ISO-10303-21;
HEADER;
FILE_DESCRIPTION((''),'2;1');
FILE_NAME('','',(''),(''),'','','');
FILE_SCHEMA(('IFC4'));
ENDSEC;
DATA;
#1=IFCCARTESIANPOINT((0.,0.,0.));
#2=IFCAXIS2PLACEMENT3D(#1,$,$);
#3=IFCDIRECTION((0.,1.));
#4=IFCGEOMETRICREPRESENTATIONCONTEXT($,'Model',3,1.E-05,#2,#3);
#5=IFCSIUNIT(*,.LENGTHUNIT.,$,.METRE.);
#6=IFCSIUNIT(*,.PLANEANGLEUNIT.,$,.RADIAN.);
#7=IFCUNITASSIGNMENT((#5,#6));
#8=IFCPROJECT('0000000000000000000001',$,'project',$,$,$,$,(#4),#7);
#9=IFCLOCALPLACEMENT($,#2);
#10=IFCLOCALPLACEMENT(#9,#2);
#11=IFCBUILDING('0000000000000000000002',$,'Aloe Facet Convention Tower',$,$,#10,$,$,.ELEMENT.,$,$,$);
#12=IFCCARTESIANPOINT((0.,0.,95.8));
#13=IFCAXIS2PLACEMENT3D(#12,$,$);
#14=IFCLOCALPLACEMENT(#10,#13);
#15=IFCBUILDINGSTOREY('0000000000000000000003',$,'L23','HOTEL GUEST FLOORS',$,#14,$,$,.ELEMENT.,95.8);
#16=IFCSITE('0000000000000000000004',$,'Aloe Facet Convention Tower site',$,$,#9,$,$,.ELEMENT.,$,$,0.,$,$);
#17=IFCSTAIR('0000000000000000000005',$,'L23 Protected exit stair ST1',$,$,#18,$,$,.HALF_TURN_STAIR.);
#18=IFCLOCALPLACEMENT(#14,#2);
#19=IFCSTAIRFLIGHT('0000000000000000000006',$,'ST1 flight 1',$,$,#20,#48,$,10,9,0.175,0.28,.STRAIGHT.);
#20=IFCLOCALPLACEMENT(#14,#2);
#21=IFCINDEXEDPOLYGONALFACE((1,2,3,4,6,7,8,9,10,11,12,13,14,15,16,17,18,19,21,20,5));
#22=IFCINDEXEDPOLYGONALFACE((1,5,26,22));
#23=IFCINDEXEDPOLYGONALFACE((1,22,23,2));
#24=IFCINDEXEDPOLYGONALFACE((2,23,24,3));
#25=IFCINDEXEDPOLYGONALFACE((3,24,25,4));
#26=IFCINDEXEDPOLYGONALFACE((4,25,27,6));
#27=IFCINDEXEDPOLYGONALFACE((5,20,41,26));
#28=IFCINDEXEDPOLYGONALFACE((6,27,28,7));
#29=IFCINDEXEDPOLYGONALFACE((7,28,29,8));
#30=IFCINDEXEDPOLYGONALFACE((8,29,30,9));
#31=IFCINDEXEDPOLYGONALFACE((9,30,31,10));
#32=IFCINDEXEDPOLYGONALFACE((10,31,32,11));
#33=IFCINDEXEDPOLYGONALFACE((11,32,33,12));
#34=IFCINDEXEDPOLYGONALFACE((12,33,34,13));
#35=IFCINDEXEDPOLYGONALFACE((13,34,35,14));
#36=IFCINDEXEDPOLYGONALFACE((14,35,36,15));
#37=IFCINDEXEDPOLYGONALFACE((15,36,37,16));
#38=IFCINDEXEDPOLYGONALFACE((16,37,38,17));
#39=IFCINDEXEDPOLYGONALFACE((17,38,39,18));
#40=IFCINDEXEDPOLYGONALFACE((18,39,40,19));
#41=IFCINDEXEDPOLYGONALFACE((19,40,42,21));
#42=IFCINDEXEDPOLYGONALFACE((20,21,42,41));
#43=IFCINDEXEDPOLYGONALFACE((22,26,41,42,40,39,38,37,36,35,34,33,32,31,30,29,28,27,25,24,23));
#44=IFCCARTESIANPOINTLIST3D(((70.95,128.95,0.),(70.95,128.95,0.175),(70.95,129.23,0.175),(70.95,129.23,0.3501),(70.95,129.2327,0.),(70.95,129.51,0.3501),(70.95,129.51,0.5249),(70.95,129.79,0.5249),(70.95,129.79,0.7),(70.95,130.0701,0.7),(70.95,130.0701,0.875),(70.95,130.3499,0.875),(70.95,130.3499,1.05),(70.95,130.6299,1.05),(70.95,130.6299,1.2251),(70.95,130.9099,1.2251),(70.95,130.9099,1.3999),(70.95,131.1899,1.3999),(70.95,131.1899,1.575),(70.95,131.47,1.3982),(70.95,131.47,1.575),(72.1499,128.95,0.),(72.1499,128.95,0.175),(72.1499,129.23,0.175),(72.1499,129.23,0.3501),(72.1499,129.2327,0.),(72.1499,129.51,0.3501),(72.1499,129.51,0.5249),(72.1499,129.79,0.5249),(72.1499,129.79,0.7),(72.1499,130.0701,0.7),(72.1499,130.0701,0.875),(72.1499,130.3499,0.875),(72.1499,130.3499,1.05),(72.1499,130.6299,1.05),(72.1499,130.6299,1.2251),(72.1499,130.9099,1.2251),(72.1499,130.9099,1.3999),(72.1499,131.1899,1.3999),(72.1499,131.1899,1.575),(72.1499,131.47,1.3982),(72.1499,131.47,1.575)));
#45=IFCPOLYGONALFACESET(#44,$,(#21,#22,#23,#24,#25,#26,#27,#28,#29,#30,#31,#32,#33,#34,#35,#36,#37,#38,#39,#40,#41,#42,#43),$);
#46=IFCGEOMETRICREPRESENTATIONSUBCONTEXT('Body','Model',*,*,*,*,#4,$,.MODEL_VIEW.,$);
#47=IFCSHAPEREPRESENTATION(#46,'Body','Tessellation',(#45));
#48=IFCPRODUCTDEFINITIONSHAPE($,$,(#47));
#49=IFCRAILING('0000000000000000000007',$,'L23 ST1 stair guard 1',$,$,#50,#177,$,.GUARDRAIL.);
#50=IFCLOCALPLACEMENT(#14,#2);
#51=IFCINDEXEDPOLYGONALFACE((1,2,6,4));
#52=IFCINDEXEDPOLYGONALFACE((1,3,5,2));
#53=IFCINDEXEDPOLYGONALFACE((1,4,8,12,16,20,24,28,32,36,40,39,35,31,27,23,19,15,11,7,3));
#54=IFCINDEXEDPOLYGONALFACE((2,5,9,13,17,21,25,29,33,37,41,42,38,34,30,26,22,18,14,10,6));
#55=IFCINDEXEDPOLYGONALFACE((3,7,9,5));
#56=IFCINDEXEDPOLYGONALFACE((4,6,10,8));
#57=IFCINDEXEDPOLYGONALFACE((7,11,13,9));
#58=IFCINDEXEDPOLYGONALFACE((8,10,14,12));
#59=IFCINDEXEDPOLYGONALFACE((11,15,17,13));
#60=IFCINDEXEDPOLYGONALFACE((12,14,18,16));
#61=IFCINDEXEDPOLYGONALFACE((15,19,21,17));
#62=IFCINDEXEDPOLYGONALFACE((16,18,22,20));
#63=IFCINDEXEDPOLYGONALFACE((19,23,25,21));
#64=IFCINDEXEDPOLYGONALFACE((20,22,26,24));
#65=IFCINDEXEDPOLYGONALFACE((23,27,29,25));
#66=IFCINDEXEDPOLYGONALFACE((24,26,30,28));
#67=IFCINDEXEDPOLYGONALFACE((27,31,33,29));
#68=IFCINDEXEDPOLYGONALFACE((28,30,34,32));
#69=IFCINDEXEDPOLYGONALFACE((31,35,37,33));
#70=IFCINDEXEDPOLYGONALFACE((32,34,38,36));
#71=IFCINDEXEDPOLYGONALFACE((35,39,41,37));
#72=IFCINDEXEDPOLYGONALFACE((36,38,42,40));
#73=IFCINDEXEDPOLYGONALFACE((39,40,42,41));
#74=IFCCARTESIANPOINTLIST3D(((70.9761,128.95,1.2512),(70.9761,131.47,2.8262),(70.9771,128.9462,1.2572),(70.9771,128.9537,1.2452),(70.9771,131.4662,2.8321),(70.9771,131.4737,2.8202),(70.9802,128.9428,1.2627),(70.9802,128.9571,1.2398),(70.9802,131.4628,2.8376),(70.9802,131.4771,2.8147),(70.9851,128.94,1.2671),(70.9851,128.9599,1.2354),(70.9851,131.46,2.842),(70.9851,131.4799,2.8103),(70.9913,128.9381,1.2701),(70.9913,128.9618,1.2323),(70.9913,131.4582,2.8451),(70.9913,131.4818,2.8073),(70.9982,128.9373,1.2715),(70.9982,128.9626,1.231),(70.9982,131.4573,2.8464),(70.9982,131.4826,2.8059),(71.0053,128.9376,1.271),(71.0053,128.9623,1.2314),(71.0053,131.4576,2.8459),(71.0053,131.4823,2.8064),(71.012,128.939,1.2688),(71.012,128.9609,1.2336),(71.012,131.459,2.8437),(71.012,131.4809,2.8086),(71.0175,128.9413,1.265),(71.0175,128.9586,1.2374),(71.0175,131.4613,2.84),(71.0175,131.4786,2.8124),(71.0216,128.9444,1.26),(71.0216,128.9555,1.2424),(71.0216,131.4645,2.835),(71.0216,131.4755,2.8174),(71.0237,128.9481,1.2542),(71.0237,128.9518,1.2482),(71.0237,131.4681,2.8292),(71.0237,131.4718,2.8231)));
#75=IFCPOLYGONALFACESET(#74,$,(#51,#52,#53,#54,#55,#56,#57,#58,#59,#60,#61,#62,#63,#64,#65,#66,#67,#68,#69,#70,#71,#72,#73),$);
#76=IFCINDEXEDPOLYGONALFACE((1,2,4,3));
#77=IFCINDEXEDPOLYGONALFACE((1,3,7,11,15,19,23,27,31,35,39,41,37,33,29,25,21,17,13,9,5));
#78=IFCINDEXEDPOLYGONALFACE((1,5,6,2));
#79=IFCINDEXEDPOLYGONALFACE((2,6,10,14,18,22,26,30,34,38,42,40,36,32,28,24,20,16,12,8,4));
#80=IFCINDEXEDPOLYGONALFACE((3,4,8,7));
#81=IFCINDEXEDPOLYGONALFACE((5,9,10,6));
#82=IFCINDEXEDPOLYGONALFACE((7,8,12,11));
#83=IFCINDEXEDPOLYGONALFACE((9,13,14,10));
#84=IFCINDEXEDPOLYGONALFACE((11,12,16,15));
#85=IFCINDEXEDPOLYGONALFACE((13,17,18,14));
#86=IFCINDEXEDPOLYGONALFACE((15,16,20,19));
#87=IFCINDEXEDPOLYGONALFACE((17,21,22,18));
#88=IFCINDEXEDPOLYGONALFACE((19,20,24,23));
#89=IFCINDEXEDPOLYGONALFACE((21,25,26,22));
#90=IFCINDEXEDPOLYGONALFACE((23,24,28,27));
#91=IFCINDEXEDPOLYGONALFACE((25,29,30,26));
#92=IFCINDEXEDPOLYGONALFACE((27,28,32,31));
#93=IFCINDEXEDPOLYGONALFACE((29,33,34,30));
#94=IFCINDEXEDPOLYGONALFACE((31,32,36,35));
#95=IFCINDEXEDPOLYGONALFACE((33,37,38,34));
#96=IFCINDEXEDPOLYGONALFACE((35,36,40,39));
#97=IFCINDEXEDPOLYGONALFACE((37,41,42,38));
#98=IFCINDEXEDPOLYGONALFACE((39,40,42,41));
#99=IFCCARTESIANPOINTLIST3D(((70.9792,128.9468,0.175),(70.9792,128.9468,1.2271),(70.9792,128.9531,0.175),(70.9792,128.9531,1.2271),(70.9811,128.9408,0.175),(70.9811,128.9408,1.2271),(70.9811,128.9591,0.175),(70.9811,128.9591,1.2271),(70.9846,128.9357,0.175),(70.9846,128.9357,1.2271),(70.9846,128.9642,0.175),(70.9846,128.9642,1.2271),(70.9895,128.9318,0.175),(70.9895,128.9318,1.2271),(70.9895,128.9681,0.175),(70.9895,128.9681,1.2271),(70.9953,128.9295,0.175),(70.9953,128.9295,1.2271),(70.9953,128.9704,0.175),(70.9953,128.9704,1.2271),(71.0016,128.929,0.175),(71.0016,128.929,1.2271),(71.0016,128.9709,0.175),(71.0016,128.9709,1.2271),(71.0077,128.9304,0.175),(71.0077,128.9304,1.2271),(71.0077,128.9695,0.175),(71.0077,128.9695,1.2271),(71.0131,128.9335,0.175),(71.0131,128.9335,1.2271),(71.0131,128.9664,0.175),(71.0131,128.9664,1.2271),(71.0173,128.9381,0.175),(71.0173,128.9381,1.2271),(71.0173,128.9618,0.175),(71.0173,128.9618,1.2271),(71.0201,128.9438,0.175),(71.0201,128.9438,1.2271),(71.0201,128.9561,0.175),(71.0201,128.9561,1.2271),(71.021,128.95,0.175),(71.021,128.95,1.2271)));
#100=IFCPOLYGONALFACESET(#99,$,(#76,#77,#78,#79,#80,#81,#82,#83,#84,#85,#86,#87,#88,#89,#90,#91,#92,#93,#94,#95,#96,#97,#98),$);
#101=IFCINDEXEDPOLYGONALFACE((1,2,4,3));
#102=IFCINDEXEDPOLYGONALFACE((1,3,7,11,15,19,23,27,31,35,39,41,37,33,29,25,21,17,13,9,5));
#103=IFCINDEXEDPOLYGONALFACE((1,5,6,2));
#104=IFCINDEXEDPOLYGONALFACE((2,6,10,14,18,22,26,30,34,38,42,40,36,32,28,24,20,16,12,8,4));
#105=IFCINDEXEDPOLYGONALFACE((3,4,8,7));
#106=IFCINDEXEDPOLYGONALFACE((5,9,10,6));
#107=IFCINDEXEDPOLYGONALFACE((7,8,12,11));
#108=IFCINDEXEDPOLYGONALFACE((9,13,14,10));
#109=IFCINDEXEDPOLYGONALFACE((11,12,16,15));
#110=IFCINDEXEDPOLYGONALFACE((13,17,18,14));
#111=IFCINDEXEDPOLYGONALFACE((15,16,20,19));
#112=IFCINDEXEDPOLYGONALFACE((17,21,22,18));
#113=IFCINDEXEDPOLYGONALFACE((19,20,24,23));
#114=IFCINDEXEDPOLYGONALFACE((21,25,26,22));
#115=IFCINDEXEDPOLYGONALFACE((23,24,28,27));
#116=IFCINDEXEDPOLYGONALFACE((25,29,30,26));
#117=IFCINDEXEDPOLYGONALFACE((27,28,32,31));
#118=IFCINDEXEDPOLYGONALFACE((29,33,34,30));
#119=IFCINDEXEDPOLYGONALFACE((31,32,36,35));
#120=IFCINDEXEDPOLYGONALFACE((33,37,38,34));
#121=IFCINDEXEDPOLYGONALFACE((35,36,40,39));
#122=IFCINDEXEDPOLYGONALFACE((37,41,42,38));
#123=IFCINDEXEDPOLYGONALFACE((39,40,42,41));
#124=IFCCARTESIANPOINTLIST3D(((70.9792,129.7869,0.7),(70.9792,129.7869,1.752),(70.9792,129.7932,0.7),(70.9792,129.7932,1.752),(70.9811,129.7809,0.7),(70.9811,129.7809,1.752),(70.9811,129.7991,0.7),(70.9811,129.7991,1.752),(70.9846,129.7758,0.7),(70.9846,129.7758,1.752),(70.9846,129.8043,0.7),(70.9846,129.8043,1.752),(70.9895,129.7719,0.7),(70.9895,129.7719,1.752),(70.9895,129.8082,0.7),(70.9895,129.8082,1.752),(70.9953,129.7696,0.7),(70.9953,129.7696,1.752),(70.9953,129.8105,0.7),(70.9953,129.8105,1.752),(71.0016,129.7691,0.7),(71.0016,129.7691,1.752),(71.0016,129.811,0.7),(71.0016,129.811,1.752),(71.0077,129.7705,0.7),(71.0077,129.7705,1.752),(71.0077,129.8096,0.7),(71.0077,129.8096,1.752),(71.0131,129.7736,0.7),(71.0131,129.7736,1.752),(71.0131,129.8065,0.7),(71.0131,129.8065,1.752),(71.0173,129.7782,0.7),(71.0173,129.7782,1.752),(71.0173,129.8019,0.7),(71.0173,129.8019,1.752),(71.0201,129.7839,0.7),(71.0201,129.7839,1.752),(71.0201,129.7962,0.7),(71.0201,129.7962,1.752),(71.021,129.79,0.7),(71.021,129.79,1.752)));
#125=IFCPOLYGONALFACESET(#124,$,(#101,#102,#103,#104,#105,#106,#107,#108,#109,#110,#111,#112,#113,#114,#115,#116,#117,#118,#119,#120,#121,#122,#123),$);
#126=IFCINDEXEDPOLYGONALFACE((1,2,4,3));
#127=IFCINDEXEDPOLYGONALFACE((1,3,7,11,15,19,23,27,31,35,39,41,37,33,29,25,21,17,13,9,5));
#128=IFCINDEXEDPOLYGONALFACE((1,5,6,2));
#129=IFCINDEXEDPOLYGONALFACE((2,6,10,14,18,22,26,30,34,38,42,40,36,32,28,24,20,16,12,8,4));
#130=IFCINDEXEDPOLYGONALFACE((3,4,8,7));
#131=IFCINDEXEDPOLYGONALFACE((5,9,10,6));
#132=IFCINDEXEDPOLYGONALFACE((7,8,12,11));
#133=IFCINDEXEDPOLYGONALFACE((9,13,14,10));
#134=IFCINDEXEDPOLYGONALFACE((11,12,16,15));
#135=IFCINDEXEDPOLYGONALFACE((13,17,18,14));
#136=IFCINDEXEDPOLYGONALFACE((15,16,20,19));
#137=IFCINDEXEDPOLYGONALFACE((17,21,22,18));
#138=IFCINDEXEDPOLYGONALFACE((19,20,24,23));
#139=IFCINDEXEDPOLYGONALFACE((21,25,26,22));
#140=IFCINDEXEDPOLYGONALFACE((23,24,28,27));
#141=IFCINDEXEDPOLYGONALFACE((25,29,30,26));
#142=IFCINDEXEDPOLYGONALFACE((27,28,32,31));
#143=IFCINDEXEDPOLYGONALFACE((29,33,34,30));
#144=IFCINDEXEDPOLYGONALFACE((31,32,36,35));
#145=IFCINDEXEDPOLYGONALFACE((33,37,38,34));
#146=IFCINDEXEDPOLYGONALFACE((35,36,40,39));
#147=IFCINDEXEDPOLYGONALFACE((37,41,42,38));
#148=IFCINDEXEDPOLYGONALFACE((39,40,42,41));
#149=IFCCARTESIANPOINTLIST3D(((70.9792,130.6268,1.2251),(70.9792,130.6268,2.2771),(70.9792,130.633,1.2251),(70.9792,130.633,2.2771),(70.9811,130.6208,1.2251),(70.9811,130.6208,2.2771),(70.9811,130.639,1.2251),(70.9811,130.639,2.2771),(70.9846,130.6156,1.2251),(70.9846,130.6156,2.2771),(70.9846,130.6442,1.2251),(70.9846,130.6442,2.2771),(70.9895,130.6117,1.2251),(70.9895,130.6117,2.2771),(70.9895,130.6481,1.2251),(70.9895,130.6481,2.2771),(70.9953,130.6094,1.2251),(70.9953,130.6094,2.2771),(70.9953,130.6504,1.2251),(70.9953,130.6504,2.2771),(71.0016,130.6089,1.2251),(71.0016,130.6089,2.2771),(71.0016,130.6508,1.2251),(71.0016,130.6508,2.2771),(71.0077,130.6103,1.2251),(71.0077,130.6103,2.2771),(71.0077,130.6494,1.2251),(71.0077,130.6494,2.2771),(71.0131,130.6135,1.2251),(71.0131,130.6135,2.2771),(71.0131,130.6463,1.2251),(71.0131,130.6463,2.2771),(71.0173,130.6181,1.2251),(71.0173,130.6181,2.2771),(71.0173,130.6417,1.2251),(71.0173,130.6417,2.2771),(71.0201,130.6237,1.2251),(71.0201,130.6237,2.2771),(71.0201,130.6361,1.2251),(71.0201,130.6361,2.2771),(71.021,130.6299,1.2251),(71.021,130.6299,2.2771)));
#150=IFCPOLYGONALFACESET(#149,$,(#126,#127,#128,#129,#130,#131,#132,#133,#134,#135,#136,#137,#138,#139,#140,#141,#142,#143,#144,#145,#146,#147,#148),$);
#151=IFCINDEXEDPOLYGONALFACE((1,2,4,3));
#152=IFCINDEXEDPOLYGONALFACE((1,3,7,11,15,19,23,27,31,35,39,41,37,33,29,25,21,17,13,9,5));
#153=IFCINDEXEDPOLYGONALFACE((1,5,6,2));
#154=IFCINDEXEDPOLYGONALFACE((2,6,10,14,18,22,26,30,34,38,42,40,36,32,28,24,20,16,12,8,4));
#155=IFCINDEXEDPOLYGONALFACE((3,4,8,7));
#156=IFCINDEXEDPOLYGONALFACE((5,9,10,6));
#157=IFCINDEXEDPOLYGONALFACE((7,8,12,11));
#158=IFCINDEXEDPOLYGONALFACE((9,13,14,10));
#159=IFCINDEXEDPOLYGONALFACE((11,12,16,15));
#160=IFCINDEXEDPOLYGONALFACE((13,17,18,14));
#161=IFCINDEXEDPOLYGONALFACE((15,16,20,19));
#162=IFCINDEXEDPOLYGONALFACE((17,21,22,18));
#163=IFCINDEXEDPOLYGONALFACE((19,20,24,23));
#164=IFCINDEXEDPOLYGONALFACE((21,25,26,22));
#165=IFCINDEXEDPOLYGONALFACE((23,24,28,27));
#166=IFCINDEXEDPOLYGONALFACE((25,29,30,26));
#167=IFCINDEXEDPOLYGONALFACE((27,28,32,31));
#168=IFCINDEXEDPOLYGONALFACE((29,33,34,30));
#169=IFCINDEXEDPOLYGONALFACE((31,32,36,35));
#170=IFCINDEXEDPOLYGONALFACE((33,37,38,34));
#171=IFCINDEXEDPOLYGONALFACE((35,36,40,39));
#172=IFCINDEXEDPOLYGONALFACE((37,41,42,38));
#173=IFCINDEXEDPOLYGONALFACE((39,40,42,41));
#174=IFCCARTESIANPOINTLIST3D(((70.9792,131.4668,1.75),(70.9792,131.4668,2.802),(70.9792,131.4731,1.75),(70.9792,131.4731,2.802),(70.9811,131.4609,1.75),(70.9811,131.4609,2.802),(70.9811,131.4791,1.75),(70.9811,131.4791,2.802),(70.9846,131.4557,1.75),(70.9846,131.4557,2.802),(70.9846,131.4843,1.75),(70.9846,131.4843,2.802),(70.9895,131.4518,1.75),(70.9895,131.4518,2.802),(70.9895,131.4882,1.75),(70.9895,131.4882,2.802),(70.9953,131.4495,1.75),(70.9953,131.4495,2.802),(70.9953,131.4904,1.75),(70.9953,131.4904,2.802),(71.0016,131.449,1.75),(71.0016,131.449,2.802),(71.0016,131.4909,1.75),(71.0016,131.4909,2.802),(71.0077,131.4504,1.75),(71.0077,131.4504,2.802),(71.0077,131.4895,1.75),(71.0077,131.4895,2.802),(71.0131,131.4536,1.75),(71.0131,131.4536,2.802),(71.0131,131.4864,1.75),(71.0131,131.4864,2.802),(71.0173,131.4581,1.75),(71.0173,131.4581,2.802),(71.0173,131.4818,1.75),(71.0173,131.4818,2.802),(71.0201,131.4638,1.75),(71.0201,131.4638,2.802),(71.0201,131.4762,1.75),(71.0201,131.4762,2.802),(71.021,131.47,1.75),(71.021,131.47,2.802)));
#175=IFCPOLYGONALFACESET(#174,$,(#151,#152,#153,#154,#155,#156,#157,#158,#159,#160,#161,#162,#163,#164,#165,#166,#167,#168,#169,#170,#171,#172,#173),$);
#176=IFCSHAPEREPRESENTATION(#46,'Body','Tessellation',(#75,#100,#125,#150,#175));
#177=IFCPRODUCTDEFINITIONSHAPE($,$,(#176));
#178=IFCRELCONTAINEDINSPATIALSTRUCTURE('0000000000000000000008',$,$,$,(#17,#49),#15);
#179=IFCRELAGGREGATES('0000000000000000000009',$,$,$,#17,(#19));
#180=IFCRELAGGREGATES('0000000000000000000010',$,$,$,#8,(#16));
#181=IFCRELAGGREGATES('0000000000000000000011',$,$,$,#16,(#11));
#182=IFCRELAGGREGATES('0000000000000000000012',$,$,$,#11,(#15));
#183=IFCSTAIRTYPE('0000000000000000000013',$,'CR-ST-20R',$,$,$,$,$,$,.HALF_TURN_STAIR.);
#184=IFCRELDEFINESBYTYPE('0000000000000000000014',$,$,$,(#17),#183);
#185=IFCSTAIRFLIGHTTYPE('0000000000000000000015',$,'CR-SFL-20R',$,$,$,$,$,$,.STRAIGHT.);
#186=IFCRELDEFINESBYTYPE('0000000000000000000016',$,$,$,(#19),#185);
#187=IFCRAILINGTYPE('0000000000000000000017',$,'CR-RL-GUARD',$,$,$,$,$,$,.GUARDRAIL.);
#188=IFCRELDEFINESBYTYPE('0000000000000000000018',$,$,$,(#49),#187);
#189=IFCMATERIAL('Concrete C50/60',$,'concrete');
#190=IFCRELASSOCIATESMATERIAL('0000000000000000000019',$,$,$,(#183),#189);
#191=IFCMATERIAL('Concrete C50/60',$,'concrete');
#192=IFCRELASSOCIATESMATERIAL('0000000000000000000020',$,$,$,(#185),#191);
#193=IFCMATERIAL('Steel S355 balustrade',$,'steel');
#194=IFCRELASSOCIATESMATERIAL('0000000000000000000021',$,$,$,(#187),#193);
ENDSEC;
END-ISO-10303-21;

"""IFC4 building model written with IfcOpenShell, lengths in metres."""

from ifc_helpers import new_model, si_unit, direction, frame, origin, origin_2d, place, context, subcontext, project, spatial, polyline, circle, outline, extrude, material, type_object, element, aggregate, save


model = new_model("IFC4")

# Units and contexts
model_context = context("Model", 3, precision=1e-05, world=origin(), true_north=direction((0.0, 1.0)))
body_context = subcontext(model_context, "Body", "Model", "MODEL_VIEW")
ifc_project = project(units=[si_unit("LENGTHUNIT", "METRE"), si_unit("PLANEANGLEUNIT", "RADIAN")], contexts=[model_context])

# Site, building, storey
site_placement = place(None, origin())
site = spatial("IfcSite", under=ifc_project, at=site_placement, Name="Aloe Facet Convention Tower site", CompositionType="ELEMENT", RefElevation=0.0)
building_placement = place(site_placement, origin())
building = spatial("IfcBuilding", under=site, at=building_placement, Name="Aloe Facet Convention Tower", CompositionType="ELEMENT")
storey_placement = place(building_placement, frame((0.0, 0.0, 95.8)))
storey = spatial("IfcBuildingStorey", under=building, at=storey_placement, Name="L23", Description="HOTEL GUEST FLOORS", CompositionType="ELEMENT", Elevation=95.8)

# Stair, stair flight
ifc_material_1 = material(Name="Concrete C50/60", Category="concrete")
stair_type = type_object("IfcStairType", Name="CR-ST-20R", PredefinedType="HALF_TURN_STAIR", material=ifc_material_1)
stair_placement = place(storey_placement, origin())
stair = element("IfcStair", 1, at=stair_placement, inside=storey, type_object=stair_type, Name="L23 Protected exit stair ST1", PredefinedType="HALF_TURN_STAIR")
ifc_material_2 = material(Name="Concrete C50/60", Category="concrete")
stair_flight_type = type_object("IfcStairFlightType", Name="CR-SFL-20R", PredefinedType="STRAIGHT", material=ifc_material_2)
stair_flight_placement = place(storey_placement, frame((71.55, 128.95, 0.0), z_axis=(0.0, 0.0, 1.0), x_axis=(0.0, 1.0, 0.0)))
stair_flight = element("IfcStairFlight", 2, at=stair_flight_placement, type_object=stair_flight_type, Name="ST1 flight 1", NumberOfRisers=10, NumberOfTreads=9, PredefinedType="STRAIGHT", RiserHeight=0.175, TreadLength=0.28, context=body_context, shape_type="SweptSolid", body=[
    extrude(outline(polyline([(0.0, 0.0), (0.0, 0.175), (0.28, 0.175), (0.28, 0.3501), (0.5601, 0.3501), (0.5601, 0.5249), (0.8401, 0.5249), (0.8401, 0.7), (1.1201, 0.7), (1.1201, 0.875), (1.3999, 0.875), (1.3999, 1.05), (1.6799, 1.05), (1.6799, 1.2251), (1.96, 1.2251), (1.96, 1.3999), (2.24, 1.3999), (2.24, 1.575), (2.52, 1.575), (2.52, 1.75), (2.52, 1.3982), (0.2827, 0.0), (0.0, 0.0)])), frame((0.0, 0.6001, 0.0), z_axis=(0.0, -1.0, 0.0), x_axis=(1.0, 0.0, 0.0)), (0.0, 0.0, 1.0), 1.2),
])
aggregate(stair, [stair_flight])

# Railing
ifc_material_3 = material(Name="Steel S355 balustrade", Category="steel")
railing_type_1 = type_object("IfcRailingType", Name="CR-RL-GUARD", PredefinedType="GUARDRAIL", material=ifc_material_3)
railing_1_placement = place(storey_placement, frame((71.0, 128.95, 0.175)))
element("IfcRailing", 3, at=railing_1_placement, inside=storey, type_object=railing_type_1, Name="L23 ST1 stair guard 1", PredefinedType="GUARDRAIL", context=body_context, shape_type="SweptSolid", body=[
    extrude(circle(Radius=0.0239, at=origin_2d()), frame((0.0, 0.0, 1.0762), z_axis=(0.0, 0.848008, 0.529984), x_axis=(-1.0, 0.0, 0.0)), (0.0, 0.0, 1.0), 2.9717),
    extrude(circle(Radius=0.021, at=origin_2d()), origin(), (0.0, 0.0, 1.0), 1.052),
    extrude(circle(Radius=0.021, at=origin_2d()), frame((0.0, 0.8401, 0.5249)), (0.0, 0.0, 1.0), 1.052),
    extrude(circle(Radius=0.021, at=origin_2d()), frame((0.0, 1.6799, 1.05)), (0.0, 0.0, 1.0), 1.052),
    extrude(circle(Radius=0.021, at=origin_2d()), frame((0.0, 2.52, 1.575)), (0.0, 0.0, 1.0), 1.052),
])

save(model, "model.ifc")
